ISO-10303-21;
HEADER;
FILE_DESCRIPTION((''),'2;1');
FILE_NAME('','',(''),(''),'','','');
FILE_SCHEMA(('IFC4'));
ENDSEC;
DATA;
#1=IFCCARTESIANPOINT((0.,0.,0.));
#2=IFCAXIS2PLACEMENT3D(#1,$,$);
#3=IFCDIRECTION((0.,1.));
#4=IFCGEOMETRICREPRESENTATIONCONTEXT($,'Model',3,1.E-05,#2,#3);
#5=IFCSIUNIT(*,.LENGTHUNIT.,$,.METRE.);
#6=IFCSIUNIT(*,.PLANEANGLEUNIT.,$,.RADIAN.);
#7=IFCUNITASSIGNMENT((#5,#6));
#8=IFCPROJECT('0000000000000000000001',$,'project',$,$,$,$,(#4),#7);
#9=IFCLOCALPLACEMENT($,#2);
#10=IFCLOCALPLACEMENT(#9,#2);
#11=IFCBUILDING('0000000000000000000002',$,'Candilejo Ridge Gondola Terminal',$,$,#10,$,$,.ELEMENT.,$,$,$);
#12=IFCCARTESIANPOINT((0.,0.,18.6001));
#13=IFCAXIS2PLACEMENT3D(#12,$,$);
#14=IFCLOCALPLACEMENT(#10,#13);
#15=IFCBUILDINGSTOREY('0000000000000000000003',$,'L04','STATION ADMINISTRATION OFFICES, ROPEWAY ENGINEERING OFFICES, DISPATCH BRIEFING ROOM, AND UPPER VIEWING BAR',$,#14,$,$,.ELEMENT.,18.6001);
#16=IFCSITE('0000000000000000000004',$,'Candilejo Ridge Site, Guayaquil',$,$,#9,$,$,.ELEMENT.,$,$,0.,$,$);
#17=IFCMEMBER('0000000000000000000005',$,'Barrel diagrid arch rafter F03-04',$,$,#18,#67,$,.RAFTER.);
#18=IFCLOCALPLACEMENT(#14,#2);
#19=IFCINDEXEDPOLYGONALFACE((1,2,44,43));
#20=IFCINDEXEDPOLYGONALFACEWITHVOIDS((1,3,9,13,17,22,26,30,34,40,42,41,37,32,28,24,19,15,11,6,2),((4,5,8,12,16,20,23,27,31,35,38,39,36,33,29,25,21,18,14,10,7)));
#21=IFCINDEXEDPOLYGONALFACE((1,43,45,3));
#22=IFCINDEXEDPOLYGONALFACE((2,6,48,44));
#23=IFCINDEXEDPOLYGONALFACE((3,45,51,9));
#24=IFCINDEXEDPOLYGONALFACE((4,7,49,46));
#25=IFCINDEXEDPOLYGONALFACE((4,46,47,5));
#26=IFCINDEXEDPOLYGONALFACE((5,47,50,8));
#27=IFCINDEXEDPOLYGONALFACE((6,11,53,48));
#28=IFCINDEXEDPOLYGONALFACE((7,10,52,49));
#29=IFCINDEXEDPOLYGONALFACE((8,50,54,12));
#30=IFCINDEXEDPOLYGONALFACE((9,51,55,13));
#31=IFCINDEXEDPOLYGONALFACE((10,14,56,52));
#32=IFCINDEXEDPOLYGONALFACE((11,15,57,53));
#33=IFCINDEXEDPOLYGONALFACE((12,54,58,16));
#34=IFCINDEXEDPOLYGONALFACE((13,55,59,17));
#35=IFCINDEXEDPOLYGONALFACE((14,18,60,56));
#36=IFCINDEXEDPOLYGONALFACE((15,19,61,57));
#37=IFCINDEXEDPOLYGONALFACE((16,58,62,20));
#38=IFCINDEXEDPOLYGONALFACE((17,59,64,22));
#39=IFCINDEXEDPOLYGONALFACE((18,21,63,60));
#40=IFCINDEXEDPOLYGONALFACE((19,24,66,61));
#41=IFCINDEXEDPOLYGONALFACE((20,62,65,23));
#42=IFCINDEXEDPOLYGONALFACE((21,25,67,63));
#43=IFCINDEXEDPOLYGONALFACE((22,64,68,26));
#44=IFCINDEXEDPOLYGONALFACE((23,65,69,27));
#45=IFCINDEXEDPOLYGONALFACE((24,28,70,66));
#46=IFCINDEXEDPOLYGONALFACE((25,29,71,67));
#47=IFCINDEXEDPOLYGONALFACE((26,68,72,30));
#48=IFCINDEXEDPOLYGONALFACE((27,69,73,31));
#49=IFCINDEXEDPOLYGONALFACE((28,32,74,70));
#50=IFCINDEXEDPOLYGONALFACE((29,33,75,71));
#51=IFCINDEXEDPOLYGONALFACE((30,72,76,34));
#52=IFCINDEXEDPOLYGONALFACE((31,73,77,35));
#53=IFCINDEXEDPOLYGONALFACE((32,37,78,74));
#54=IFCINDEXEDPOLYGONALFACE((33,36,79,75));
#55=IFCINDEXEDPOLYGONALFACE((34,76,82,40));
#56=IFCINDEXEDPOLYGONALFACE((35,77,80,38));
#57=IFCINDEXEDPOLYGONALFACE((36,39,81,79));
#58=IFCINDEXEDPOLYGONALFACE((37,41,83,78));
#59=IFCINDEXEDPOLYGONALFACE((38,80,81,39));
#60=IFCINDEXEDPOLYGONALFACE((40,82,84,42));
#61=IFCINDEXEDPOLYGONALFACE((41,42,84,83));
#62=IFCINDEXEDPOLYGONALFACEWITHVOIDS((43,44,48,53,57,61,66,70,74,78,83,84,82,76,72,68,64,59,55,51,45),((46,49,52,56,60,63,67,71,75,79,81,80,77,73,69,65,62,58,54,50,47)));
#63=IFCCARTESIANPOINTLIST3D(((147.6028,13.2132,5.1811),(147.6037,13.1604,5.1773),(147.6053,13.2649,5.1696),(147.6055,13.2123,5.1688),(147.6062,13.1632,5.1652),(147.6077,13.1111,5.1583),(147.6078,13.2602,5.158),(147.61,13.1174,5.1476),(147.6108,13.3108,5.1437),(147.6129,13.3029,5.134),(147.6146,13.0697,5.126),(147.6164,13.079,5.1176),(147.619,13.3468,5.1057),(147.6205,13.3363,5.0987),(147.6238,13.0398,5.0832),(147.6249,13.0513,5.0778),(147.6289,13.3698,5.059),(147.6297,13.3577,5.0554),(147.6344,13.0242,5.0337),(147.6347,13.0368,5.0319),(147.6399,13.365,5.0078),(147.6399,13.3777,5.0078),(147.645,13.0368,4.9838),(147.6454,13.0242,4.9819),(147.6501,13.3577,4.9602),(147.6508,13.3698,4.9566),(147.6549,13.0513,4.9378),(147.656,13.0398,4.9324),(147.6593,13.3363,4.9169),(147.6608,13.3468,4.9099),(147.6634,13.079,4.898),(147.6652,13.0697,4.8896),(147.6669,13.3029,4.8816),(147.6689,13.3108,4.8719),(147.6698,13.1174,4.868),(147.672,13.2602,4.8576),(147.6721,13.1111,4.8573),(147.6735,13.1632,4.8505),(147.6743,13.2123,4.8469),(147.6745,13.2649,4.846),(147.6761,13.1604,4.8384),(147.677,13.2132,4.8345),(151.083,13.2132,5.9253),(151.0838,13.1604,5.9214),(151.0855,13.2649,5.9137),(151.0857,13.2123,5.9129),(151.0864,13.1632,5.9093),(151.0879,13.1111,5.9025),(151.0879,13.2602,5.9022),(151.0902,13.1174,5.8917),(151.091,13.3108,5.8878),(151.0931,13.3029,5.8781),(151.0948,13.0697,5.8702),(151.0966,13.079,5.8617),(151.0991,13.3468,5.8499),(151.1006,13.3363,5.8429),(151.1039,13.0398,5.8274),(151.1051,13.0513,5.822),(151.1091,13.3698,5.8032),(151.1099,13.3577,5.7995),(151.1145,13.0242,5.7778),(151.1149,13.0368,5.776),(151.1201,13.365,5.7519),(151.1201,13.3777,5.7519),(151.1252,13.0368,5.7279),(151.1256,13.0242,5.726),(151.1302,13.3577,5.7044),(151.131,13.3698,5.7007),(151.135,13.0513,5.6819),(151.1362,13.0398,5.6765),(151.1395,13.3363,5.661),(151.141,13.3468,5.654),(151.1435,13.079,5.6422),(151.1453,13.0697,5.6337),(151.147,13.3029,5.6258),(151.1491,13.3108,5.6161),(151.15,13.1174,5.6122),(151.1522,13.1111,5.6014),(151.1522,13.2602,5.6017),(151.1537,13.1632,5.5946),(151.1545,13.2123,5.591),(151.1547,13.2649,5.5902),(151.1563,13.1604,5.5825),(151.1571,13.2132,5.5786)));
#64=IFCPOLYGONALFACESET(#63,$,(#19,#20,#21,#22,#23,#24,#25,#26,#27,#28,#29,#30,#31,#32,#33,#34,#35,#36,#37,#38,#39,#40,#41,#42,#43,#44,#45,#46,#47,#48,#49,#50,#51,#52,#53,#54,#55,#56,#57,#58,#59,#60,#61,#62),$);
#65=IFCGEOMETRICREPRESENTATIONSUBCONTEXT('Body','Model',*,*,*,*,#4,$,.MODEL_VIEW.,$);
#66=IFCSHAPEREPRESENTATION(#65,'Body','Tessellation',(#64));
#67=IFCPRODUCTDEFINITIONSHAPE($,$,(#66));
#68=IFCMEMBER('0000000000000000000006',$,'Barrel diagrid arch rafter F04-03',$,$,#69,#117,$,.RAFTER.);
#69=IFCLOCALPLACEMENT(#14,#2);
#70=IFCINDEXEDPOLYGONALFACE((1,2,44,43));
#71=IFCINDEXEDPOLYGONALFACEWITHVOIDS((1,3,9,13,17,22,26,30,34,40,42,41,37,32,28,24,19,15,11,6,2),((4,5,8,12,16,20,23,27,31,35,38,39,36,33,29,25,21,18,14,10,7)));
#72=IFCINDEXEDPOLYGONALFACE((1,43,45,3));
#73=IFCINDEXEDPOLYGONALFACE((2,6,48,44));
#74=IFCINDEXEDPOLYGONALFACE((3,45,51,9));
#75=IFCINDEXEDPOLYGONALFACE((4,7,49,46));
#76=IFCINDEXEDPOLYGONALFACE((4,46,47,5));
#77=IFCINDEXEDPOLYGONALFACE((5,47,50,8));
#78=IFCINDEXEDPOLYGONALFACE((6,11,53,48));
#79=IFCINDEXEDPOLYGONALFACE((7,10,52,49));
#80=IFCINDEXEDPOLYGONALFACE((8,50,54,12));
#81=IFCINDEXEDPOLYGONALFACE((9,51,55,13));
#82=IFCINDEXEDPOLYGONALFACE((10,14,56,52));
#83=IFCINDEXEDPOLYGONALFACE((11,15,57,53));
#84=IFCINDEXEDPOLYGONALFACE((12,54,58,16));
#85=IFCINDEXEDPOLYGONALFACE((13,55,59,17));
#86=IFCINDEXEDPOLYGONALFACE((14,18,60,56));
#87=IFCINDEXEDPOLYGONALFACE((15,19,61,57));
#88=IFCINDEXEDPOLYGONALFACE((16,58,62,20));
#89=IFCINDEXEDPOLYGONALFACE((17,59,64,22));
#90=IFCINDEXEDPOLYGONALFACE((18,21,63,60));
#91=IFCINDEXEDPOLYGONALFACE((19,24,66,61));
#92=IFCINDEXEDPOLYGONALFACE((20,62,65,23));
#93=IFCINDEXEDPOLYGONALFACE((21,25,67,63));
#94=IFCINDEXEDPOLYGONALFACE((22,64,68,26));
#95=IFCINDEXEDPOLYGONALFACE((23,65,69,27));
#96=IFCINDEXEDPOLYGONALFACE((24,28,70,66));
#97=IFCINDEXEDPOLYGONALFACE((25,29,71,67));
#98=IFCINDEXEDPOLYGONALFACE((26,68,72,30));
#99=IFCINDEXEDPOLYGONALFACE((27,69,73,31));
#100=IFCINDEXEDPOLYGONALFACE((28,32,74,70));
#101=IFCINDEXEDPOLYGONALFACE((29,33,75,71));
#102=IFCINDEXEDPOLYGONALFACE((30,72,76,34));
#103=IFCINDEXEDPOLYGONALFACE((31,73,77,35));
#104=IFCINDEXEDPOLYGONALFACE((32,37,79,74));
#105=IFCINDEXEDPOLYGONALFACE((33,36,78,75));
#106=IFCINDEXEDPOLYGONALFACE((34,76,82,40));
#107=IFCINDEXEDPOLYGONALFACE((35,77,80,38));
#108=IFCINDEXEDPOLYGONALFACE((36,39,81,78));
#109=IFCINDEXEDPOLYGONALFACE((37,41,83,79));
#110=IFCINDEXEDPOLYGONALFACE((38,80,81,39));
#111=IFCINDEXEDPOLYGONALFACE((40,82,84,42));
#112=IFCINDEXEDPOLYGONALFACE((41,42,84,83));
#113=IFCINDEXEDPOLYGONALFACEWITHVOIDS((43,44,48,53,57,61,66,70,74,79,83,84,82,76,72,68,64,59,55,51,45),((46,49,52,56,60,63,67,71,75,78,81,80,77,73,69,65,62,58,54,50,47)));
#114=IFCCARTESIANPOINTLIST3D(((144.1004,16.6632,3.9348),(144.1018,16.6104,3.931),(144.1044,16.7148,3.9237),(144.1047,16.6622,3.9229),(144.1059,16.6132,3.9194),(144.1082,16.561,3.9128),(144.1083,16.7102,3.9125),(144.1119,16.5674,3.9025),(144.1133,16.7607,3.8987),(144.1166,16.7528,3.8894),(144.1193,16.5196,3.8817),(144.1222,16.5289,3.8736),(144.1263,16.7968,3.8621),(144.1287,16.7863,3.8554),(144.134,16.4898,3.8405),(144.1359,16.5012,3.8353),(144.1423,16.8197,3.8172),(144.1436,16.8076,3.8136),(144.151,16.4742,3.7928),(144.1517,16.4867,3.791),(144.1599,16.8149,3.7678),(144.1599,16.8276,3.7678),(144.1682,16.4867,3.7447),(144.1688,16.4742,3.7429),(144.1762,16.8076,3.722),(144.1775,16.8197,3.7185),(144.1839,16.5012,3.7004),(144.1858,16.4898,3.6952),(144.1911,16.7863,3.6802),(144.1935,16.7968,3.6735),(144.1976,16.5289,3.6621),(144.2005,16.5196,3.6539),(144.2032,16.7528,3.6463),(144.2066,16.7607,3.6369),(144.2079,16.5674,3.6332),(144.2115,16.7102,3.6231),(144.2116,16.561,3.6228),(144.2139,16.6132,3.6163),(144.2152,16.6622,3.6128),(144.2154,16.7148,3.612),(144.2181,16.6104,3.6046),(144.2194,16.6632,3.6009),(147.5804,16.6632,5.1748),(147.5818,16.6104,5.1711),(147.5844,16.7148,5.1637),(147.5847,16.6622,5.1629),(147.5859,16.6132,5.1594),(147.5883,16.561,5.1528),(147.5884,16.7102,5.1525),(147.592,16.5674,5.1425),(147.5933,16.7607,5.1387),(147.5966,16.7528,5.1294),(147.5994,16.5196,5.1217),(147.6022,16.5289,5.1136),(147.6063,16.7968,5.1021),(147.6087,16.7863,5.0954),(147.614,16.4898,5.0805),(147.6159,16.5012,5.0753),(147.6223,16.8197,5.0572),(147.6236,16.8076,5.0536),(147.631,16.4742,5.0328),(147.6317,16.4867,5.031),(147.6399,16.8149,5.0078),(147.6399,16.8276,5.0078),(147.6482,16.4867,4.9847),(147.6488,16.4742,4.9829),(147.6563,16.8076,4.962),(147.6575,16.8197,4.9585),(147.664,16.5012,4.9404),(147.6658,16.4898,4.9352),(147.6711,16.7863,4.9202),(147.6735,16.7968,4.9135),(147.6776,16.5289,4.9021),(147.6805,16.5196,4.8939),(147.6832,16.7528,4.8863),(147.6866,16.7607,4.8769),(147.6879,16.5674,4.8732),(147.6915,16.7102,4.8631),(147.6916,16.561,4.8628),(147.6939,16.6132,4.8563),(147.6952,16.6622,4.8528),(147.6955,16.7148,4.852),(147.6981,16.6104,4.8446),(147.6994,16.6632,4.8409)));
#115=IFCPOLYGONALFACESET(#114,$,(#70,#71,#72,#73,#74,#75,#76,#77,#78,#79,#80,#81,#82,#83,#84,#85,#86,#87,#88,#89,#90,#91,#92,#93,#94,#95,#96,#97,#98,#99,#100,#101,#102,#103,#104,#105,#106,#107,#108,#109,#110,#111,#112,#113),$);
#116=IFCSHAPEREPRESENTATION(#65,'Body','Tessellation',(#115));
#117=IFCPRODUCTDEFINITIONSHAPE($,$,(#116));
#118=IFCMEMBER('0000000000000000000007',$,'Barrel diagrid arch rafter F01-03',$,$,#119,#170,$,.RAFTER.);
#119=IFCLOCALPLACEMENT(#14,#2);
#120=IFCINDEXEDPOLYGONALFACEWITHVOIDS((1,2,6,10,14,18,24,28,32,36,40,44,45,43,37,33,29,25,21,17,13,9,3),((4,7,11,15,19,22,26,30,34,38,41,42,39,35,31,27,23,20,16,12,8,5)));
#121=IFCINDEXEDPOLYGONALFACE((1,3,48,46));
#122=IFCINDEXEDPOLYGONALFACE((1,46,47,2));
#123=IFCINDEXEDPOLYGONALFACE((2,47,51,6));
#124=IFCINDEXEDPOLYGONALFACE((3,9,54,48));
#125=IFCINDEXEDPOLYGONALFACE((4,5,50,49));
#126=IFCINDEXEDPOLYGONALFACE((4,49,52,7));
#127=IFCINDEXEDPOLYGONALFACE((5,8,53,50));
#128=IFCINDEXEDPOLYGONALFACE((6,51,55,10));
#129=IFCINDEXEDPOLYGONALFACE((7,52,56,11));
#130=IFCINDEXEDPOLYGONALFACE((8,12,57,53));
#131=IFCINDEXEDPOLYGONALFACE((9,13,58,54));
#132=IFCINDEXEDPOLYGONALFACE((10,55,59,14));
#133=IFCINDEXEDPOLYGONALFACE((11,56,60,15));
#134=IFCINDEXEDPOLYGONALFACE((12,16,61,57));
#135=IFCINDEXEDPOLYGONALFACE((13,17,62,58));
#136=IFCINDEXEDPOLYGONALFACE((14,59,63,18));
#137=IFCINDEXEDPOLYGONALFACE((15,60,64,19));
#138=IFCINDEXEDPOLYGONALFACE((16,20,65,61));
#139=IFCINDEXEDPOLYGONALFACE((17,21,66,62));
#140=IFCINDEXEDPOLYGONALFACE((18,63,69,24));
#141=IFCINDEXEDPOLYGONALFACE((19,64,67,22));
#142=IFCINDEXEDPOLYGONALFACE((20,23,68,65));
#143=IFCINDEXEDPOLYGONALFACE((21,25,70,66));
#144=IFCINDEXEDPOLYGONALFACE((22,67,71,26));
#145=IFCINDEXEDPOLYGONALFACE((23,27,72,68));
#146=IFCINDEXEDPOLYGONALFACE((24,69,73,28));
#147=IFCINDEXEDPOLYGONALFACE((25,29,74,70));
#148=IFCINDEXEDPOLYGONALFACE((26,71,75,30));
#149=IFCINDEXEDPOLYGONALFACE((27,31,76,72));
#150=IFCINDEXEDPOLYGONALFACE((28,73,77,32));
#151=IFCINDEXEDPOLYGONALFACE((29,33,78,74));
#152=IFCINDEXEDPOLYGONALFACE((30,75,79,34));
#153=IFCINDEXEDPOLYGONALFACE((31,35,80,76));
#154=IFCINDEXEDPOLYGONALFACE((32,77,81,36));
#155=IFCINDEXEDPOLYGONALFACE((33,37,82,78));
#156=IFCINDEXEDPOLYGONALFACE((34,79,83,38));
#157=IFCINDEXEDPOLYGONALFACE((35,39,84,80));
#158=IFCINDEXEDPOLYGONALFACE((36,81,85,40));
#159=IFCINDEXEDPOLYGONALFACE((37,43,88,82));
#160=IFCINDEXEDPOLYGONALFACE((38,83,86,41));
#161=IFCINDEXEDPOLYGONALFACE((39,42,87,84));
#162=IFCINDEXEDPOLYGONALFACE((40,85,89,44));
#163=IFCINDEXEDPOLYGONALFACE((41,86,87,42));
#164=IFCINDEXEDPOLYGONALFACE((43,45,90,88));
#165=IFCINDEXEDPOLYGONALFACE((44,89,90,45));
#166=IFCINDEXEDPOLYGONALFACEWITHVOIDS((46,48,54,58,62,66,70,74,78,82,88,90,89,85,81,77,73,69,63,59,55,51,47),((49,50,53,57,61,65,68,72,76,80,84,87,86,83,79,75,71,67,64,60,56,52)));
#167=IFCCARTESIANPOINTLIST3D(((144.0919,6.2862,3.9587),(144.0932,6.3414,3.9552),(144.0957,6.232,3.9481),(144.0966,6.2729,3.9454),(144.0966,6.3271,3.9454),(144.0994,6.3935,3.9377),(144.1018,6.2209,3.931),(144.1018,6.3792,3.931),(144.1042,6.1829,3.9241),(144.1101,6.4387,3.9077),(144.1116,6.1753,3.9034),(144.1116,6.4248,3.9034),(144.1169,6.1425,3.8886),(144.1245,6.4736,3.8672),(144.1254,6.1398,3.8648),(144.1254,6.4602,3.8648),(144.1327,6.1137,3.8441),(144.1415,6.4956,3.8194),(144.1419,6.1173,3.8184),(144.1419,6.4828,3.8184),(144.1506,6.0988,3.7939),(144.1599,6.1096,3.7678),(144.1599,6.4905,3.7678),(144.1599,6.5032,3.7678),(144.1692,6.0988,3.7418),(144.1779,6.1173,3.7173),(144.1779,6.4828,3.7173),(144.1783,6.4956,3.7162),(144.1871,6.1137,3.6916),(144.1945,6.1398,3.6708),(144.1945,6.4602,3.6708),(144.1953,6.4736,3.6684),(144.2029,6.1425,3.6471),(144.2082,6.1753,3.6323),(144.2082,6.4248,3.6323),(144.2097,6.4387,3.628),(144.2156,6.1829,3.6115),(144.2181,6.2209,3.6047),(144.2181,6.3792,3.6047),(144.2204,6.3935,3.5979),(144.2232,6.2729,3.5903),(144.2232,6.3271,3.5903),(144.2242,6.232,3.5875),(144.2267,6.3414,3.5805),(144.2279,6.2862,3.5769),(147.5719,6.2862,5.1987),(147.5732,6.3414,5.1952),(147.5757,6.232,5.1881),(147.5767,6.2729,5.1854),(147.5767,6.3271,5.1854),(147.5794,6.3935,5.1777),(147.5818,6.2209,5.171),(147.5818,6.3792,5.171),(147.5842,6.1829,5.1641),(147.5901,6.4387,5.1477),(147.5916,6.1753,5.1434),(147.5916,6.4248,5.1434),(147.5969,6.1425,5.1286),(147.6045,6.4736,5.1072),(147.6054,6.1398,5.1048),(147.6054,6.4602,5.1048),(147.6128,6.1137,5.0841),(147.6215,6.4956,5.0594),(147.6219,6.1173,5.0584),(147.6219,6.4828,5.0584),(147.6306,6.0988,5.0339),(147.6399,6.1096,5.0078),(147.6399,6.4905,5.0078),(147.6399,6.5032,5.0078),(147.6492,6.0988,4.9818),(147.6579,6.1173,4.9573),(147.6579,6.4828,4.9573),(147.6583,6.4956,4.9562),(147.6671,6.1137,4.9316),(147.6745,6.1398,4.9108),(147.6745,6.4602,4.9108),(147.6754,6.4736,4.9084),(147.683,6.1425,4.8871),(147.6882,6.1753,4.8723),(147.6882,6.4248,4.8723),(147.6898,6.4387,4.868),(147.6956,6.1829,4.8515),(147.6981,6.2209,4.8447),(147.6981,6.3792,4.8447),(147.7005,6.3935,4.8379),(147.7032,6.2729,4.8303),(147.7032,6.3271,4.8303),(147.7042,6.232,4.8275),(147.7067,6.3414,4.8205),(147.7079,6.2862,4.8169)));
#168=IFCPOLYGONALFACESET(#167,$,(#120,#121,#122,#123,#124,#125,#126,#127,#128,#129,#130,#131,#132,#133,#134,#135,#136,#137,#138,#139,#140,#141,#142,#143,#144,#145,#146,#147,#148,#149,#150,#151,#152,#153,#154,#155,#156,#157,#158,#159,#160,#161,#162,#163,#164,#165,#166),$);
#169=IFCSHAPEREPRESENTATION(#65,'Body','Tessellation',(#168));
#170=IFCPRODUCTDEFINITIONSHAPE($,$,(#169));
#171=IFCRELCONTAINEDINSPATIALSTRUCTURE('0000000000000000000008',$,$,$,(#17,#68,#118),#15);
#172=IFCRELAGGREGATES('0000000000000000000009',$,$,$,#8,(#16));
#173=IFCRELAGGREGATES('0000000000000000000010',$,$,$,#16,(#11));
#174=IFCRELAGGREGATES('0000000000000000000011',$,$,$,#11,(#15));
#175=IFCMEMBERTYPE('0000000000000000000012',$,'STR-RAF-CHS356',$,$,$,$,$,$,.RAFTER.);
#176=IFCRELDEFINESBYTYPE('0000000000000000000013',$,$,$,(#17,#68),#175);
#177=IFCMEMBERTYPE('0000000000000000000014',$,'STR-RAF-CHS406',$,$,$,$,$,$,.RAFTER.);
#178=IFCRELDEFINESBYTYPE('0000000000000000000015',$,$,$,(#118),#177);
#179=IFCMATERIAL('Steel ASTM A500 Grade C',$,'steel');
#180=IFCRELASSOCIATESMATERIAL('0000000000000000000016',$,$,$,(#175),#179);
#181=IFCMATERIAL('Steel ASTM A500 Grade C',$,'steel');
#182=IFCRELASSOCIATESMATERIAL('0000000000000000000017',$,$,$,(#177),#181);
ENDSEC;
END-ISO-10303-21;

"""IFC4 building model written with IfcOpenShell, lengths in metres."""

from ifc_helpers import new_model, si_unit, direction, frame, origin, origin_2d, place, context, subcontext, project, spatial, hollow_circle, extrude, material, material_profile, profile_set, type_object, element, save


model = new_model("IFC4")

# Units and contexts
model_context = context("Model", 3, precision=1e-05, world=origin(), true_north=direction((0.0, 1.0)))
body_context = subcontext(model_context, "Body", "Model", "MODEL_VIEW")
ifc_project = project(units=[si_unit("LENGTHUNIT", "METRE"), si_unit("PLANEANGLEUNIT", "RADIAN")], contexts=[model_context])

# Site, building, storey
site_placement = place(None, origin())
site = spatial("IfcSite", under=ifc_project, at=site_placement, Name="Candilejo Ridge Site, Guayaquil", CompositionType="ELEMENT", RefElevation=0.0)
building_placement = place(site_placement, origin())
building = spatial("IfcBuilding", under=site, at=building_placement, Name="Candilejo Ridge Gondola Terminal", CompositionType="ELEMENT")
storey_placement = place(building_placement, frame((0.0, 0.0, 18.6001)))
storey = spatial("IfcBuildingStorey", under=building, at=storey_placement, Name="L04", Description="STATION ADMINISTRATION OFFICES, ROPEWAY ENGINEERING OFFICES, DISPATCH BRIEFING ROOM, AND UPPER VIEWING BAR", CompositionType="ELEMENT", Elevation=18.6001)

# Members
ifc_material_1 = material(Name="Steel ASTM A500 Grade C", Category="steel")
ifc_material_profile_1 = material_profile(ifc_material_1, hollow_circle(Radius=0.1777, WallThickness=0.0127, at=origin_2d()))
ifc_profile_set_1 = profile_set([ifc_material_profile_1], Name="Steel ASTM A500 Grade C")
member_type_1 = type_object("IfcMemberType", Name="STR-RAF-CHS356", PredefinedType="RAFTER", material=ifc_profile_set_1)
member_1_placement = place(storey_placement, frame((147.6399, 13.2, 5.0078), z_axis=(0.977896, 0.0, 0.209093), x_axis=(0.0, 1.0, 0.0)))
element("IfcMember", 1, at=member_1_placement, inside=storey, type_object=member_type_1, Name="Barrel diagrid arch rafter F03-04", PredefinedType="RAFTER", context=body_context, shape_type="SweptSolid", body=[
    extrude(hollow_circle(Radius=0.1777, WallThickness=0.0127, at=origin_2d()), origin(), (0.0, 0.0, 1.0), 3.5588),
])
member_2_placement = place(storey_placement, frame((144.1599, 16.6499, 3.7678), z_axis=(0.941987, 0.0, 0.33565), x_axis=(0.0, 1.0, 0.0)))
element("IfcMember", 2, at=member_2_placement, inside=storey, type_object=member_type_1, Name="Barrel diagrid arch rafter F04-03", PredefinedType="RAFTER", context=body_context, shape_type="SweptSolid", body=[
    extrude(hollow_circle(Radius=0.1777, WallThickness=0.0127, at=origin_2d()), origin(), (0.0, 0.0, 1.0), 3.6943),
])
ifc_material_2 = material(Name="Steel ASTM A500 Grade C", Category="steel")
ifc_material_profile_2 = material_profile(ifc_material_2, hollow_circle(Radius=0.2031, WallThickness=0.0127, at=origin_2d()))
ifc_profile_set_2 = profile_set([ifc_material_profile_2], Name="Steel ASTM A500 Grade C")
member_type_2 = type_object("IfcMemberType", Name="STR-RAF-CHS406", PredefinedType="RAFTER", material=ifc_profile_set_2)
member_3_placement = place(storey_placement, frame((144.1599, 6.3, 3.7678), z_axis=(0.941987, 0.0, 0.33565), x_axis=(0.0, 1.0, 0.0)))
element("IfcMember", 3, at=member_3_placement, inside=storey, type_object=member_type_2, Name="Barrel diagrid arch rafter F01-03", PredefinedType="RAFTER", context=body_context, shape_type="SweptSolid", body=[
    extrude(hollow_circle(Radius=0.2031, WallThickness=0.0127, at=origin_2d()), origin(), (0.0, 0.0, 1.0), 3.6943),
])

save(model, "model.ifc")
